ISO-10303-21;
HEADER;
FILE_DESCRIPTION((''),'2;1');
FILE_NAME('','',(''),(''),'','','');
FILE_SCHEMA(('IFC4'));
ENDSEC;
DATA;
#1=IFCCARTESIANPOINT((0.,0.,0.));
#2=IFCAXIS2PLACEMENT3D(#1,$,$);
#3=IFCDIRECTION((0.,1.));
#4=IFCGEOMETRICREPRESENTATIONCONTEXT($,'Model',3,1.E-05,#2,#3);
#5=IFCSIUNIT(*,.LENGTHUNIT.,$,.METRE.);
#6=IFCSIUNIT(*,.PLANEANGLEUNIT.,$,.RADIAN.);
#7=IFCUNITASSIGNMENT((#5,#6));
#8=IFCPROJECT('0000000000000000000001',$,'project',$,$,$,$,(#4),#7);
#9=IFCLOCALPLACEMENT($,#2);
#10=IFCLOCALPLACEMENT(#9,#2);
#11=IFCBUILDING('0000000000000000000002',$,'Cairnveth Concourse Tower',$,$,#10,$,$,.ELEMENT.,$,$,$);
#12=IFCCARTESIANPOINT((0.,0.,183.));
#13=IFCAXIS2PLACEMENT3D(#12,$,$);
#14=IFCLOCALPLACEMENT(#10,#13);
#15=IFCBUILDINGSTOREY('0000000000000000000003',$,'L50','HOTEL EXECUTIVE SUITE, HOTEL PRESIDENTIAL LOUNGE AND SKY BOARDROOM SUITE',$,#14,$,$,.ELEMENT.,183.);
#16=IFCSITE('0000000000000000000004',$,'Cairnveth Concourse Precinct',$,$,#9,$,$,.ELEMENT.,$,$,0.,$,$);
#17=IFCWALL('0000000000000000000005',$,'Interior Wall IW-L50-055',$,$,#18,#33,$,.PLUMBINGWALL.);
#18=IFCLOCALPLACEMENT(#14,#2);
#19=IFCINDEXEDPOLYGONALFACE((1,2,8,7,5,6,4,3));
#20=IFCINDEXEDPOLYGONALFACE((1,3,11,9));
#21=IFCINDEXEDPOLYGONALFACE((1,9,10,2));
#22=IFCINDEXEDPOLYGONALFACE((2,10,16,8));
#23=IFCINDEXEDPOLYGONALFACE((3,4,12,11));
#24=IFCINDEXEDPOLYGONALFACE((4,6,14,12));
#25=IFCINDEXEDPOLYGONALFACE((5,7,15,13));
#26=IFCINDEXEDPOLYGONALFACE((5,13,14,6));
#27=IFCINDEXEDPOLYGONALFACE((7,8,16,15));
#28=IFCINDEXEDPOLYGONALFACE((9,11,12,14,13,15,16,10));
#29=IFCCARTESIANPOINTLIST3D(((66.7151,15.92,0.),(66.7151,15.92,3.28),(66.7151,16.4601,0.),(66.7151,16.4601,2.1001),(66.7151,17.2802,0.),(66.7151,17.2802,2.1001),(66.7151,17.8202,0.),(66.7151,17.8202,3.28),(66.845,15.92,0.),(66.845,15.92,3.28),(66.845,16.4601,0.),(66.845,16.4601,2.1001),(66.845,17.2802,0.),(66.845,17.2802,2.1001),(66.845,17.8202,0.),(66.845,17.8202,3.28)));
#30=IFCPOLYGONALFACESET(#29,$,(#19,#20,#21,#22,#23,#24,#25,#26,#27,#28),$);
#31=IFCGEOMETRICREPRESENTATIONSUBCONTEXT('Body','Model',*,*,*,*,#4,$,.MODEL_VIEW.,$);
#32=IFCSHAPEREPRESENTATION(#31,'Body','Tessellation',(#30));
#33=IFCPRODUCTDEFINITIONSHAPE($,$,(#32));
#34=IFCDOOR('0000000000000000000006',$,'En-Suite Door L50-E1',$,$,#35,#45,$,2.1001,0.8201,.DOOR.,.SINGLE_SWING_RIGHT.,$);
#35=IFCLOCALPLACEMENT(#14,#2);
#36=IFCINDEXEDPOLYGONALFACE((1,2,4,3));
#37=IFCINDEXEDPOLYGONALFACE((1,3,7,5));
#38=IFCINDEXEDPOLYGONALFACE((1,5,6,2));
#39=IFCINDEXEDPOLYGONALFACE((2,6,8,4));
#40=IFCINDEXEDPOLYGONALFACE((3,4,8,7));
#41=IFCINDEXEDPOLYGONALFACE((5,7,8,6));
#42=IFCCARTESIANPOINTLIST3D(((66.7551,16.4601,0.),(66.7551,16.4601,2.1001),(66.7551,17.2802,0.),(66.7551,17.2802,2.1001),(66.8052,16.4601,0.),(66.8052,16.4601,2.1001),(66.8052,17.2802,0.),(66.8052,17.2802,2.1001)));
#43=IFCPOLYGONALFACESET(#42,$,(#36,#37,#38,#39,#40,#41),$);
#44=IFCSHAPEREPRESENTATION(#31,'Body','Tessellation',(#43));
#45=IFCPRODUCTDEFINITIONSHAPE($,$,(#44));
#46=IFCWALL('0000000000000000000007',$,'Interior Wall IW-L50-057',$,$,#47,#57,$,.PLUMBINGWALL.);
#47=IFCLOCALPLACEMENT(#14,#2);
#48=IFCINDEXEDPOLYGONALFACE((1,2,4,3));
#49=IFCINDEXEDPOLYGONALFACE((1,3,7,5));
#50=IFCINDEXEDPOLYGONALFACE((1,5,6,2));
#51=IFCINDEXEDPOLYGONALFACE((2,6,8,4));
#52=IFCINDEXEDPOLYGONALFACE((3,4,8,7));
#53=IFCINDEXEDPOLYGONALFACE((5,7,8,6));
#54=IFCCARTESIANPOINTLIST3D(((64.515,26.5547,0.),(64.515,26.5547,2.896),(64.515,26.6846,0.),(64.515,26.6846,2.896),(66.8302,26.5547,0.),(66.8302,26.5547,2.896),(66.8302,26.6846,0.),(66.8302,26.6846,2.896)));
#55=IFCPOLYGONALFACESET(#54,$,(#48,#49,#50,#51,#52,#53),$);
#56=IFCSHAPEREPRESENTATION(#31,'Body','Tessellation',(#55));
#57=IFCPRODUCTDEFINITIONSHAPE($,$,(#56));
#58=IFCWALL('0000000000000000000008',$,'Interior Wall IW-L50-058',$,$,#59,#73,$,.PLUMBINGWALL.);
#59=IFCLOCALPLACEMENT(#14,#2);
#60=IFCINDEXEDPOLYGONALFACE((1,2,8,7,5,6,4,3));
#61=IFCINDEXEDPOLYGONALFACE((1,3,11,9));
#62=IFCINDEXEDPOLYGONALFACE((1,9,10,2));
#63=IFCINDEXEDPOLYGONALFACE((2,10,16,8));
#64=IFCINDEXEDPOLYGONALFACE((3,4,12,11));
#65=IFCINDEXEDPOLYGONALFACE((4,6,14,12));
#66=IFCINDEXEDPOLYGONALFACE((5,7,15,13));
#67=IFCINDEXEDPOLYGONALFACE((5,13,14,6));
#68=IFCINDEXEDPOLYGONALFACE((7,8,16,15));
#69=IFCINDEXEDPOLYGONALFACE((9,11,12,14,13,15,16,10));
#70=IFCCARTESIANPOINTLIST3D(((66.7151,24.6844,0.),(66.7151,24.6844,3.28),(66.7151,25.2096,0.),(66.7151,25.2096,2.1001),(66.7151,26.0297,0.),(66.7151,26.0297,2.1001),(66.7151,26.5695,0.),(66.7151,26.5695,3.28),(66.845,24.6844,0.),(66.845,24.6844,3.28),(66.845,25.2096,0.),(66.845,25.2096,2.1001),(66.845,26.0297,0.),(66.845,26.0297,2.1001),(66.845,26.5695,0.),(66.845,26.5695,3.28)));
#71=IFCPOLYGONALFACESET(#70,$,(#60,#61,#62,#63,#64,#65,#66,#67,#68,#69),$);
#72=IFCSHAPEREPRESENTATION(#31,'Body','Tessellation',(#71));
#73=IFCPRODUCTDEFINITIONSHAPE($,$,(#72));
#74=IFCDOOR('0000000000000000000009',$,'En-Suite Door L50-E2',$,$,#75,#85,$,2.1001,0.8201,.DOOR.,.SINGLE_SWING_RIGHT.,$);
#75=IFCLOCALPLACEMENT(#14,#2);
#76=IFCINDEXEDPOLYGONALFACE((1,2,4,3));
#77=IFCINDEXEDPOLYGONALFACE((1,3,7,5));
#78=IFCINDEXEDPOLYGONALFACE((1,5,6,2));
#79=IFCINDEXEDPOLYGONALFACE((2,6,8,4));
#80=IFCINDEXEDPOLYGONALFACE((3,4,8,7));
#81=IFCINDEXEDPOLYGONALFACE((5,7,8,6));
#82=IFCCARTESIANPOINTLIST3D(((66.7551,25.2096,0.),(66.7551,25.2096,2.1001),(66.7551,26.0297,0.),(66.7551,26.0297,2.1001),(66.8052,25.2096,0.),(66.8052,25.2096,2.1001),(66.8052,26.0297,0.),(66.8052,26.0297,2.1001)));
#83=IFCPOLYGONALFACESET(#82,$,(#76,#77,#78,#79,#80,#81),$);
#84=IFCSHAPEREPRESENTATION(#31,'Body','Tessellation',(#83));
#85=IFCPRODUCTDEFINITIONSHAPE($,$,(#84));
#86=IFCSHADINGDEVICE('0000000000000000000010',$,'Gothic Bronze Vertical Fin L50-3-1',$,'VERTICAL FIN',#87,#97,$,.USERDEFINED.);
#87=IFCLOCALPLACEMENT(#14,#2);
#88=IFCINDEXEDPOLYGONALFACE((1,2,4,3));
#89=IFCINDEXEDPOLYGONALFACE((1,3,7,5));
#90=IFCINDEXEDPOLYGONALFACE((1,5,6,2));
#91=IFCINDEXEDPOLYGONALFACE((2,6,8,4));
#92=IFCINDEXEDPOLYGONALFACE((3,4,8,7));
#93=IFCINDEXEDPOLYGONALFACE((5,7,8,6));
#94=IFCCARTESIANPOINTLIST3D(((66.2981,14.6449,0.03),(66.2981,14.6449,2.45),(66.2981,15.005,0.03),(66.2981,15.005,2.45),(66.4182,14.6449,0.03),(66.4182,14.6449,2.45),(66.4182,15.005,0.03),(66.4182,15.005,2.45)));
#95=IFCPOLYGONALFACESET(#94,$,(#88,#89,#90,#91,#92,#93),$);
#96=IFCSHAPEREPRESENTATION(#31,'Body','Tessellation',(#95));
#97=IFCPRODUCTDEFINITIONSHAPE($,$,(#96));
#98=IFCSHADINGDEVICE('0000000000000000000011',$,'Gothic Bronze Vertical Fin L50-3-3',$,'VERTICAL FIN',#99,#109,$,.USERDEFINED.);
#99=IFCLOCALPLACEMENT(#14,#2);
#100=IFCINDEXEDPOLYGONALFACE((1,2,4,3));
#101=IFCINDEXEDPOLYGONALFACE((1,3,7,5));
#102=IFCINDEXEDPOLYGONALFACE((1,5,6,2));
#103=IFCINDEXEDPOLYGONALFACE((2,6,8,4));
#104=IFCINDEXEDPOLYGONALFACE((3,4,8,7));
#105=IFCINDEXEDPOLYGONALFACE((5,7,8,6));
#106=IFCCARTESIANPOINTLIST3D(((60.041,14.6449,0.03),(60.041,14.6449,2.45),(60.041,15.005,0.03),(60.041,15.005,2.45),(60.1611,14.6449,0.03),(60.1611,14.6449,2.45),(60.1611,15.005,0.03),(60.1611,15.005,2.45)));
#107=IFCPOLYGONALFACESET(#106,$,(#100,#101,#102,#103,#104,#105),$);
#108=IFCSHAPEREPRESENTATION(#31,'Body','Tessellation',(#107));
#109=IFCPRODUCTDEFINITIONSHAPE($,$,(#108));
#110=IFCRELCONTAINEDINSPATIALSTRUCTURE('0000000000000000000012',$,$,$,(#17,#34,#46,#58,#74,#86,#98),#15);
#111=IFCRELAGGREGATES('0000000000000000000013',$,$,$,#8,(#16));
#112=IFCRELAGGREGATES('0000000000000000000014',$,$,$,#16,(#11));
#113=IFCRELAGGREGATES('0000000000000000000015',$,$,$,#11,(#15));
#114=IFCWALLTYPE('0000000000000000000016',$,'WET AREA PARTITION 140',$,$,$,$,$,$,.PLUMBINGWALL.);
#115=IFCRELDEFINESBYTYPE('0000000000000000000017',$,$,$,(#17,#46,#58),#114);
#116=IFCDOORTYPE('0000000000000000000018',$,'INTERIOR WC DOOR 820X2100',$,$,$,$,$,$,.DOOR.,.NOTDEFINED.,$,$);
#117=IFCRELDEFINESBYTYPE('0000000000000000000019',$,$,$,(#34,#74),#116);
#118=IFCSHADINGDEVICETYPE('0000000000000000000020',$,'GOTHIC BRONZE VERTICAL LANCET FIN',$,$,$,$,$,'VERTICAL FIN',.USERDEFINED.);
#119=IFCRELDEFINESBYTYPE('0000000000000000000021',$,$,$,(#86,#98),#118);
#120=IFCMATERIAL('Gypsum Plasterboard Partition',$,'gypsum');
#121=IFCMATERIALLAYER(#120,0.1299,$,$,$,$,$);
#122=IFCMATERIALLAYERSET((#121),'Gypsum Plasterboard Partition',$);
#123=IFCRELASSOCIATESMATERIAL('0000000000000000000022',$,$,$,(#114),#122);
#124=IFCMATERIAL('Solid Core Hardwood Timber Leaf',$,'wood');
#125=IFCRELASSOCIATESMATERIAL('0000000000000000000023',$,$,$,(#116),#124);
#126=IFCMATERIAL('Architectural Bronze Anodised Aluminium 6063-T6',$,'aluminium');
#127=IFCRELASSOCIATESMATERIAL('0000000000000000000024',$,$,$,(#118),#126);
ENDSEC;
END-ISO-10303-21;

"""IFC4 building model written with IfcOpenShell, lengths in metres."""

from ifc_helpers import new_model, si_unit, direction, frame, frame_2d, origin, origin_2d, place, context, subcontext, project, spatial, rectangle, extrude, material, layer, layer_set, type_object, element, fill, save


model = new_model("IFC4")

# Units and contexts
model_context = context("Model", 3, precision=1e-05, world=origin(), true_north=direction((0.0, 1.0)))
body_context = subcontext(model_context, "Body", "Model", "MODEL_VIEW")
ifc_project = project(units=[si_unit("LENGTHUNIT", "METRE"), si_unit("PLANEANGLEUNIT", "RADIAN")], contexts=[model_context])

# Site, building, storey
site_placement = place(None, origin())
site = spatial("IfcSite", under=ifc_project, at=site_placement, Name="Cairnveth Concourse Precinct", CompositionType="ELEMENT", RefElevation=0.0)
building_placement = place(site_placement, origin())
building = spatial("IfcBuilding", under=site, at=building_placement, Name="Cairnveth Concourse Tower", CompositionType="ELEMENT")
storey_placement = place(building_placement, frame((0.0, 0.0, 183.0)))
storey = spatial("IfcBuildingStorey", under=building, at=storey_placement, Name="L50", Description="HOTEL EXECUTIVE SUITE, HOTEL PRESIDENTIAL LOUNGE AND SKY BOARDROOM SUITE", CompositionType="ELEMENT", Elevation=183.0)

# Shared definitions
ifc_material_1 = material(Name="Gypsum Plasterboard Partition", Category="gypsum")
ifc_material_2 = material(Name="Solid Core Hardwood Timber Leaf", Category="wood")

# Shared definitions
ifc_layer_1 = layer(ifc_material_1, 0.1299)
ifc_layer_set_1 = layer_set([ifc_layer_1], Name="Gypsum Plasterboard Partition")
wall_type_1 = type_object("IfcWallType", Name="WET AREA PARTITION 140", PredefinedType="PLUMBINGWALL", material=ifc_layer_set_1)

# Wall, opening, door
wall_1_placement = place(storey_placement, frame((66.78, 15.9199, 0.0), z_axis=(0.0, 0.0, 1.0), x_axis=(0.0, 1.0, 0.0)))
wall_1 = element("IfcWall", 1, at=wall_1_placement, inside=storey, type_object=wall_type_1, Name="Interior Wall IW-L50-055", PredefinedType="PLUMBINGWALL", context=body_context, shape_type="SweptSolid", body=[
    extrude(rectangle(XDim=1.9001, YDim=0.1299, at=frame_2d((0.9502, 0.0))), origin(), (0.0, 0.0, 1.0), 3.28),
])
opening_1_placement = place(wall_1_placement, frame((0.54, 0.0, 0.0)))
opening_1 = element("IfcOpeningElement", 2, at=opening_1_placement, cuts=wall_1, PredefinedType="OPENING", context=body_context, shape_type="SweptSolid", body=[
    extrude(rectangle(XDim=0.8201, YDim=2.1001, at=frame_2d((0.4102, 1.05))), frame((0.0, 0.075, 0.0), z_axis=(0.0, -1.0, 0.0), x_axis=(1.0, 0.0, 0.0)), (0.0, 0.0, 1.0), 0.1499),
])
door_type_1 = type_object("IfcDoorType", Name="INTERIOR WC DOOR 820X2100", OperationType="NOTDEFINED", PredefinedType="DOOR", material=ifc_material_2)
door_1_placement = place(opening_1_placement, origin())
door_1 = element("IfcDoor", 3, at=door_1_placement, inside=storey, type_object=door_type_1, Name="En-Suite Door L50-E1", OperationType="SINGLE_SWING_RIGHT", OverallHeight=2.1001, OverallWidth=0.8201, PredefinedType="DOOR", context=body_context, shape_type="SweptSolid", body=[
    extrude(rectangle(XDim=0.8201, YDim=2.1001, at=frame_2d((0.4102, 1.05))), frame((0.0, 0.0249, 0.0), z_axis=(0.0, -1.0, 0.0), x_axis=(1.0, 0.0, 0.0)), (0.0, 0.0, 1.0), 0.05),
])
fill(opening_1, door_1)

# Wall
wall_2_placement = place(storey_placement, frame((64.5149, 26.6196, 0.0), z_axis=(0.0, 0.0, 1.0), x_axis=(1.0, 0.0, 0.0)))
element("IfcWall", 4, at=wall_2_placement, inside=storey, type_object=wall_type_1, Name="Interior Wall IW-L50-057", PredefinedType="PLUMBINGWALL", context=body_context, shape_type="SweptSolid", body=[
    extrude(rectangle(XDim=2.3152, YDim=0.1299, at=frame_2d((1.1577, 0.0))), origin(), (0.0, 0.0, 1.0), 2.896),
])

# Wall, opening, door
wall_3_placement = place(storey_placement, frame((66.78, 24.6846, 0.0), z_axis=(0.0, 0.0, 1.0), x_axis=(0.0, 1.0, 0.0)))
wall_3 = element("IfcWall", 5, at=wall_3_placement, inside=storey, type_object=wall_type_1, Name="Interior Wall IW-L50-058", PredefinedType="PLUMBINGWALL", context=body_context, shape_type="SweptSolid", body=[
    extrude(rectangle(XDim=1.885, YDim=0.1299, at=frame_2d((0.9424, 0.0))), origin(), (0.0, 0.0, 1.0), 3.28),
])
opening_2_placement = place(wall_3_placement, frame((0.5249, 0.0, 0.0)))
opening_2 = element("IfcOpeningElement", 6, at=opening_2_placement, cuts=wall_3, PredefinedType="OPENING", context=body_context, shape_type="SweptSolid", body=[
    extrude(rectangle(XDim=0.8201, YDim=2.1001, at=frame_2d((0.4102, 1.05))), frame((0.0, 0.075, 0.0), z_axis=(0.0, -1.0, 0.0), x_axis=(1.0, 0.0, 0.0)), (0.0, 0.0, 1.0), 0.1499),
])
door_2_placement = place(opening_2_placement, origin())
door_2 = element("IfcDoor", 7, at=door_2_placement, inside=storey, type_object=door_type_1, Name="En-Suite Door L50-E2", OperationType="SINGLE_SWING_RIGHT", OverallHeight=2.1001, OverallWidth=0.8201, PredefinedType="DOOR", context=body_context, shape_type="SweptSolid", body=[
    extrude(rectangle(XDim=0.8201, YDim=2.1001, at=frame_2d((0.4102, 1.05))), frame((0.0, 0.0249, 0.0), z_axis=(0.0, -1.0, 0.0), x_axis=(1.0, 0.0, 0.0)), (0.0, 0.0, 1.0), 0.05),
])
fill(opening_2, door_2)

# Shading devices
ifc_material_3 = material(Name="Architectural Bronze Anodised Aluminium 6063-T6", Category="aluminium")
shading_device_type = type_object("IfcShadingDeviceType", Name="GOTHIC BRONZE VERTICAL LANCET FIN", ElementType="VERTICAL FIN", PredefinedType="USERDEFINED", material=ifc_material_3)
for number, where, z_axis, x_axis, name in (
    (8, (66.3582, 14.825, 0.03), (0.0, 0.0, 1.0), (1.0, 0.0, 0.0), "Gothic Bronze Vertical Fin L50-3-1"),
    (9, (60.1011, 14.825, 0.03), (0.0, 0.0, 1.0), (1.0, 0.0, 0.0), "Gothic Bronze Vertical Fin L50-3-3"),
):
    element("IfcShadingDevice", number, at=place(storey_placement, frame(where, z_axis=z_axis, x_axis=x_axis)), inside=storey, type_object=shading_device_type, Name=name, ObjectType="VERTICAL FIN", PredefinedType="USERDEFINED", context=body_context, shape_type="SweptSolid", body=[
        extrude(rectangle(XDim=0.1201, YDim=0.3601, at=origin_2d()), origin(), (0.0, 0.0, 1.0), 2.4199),
    ])

save(model, "model.ifc")
